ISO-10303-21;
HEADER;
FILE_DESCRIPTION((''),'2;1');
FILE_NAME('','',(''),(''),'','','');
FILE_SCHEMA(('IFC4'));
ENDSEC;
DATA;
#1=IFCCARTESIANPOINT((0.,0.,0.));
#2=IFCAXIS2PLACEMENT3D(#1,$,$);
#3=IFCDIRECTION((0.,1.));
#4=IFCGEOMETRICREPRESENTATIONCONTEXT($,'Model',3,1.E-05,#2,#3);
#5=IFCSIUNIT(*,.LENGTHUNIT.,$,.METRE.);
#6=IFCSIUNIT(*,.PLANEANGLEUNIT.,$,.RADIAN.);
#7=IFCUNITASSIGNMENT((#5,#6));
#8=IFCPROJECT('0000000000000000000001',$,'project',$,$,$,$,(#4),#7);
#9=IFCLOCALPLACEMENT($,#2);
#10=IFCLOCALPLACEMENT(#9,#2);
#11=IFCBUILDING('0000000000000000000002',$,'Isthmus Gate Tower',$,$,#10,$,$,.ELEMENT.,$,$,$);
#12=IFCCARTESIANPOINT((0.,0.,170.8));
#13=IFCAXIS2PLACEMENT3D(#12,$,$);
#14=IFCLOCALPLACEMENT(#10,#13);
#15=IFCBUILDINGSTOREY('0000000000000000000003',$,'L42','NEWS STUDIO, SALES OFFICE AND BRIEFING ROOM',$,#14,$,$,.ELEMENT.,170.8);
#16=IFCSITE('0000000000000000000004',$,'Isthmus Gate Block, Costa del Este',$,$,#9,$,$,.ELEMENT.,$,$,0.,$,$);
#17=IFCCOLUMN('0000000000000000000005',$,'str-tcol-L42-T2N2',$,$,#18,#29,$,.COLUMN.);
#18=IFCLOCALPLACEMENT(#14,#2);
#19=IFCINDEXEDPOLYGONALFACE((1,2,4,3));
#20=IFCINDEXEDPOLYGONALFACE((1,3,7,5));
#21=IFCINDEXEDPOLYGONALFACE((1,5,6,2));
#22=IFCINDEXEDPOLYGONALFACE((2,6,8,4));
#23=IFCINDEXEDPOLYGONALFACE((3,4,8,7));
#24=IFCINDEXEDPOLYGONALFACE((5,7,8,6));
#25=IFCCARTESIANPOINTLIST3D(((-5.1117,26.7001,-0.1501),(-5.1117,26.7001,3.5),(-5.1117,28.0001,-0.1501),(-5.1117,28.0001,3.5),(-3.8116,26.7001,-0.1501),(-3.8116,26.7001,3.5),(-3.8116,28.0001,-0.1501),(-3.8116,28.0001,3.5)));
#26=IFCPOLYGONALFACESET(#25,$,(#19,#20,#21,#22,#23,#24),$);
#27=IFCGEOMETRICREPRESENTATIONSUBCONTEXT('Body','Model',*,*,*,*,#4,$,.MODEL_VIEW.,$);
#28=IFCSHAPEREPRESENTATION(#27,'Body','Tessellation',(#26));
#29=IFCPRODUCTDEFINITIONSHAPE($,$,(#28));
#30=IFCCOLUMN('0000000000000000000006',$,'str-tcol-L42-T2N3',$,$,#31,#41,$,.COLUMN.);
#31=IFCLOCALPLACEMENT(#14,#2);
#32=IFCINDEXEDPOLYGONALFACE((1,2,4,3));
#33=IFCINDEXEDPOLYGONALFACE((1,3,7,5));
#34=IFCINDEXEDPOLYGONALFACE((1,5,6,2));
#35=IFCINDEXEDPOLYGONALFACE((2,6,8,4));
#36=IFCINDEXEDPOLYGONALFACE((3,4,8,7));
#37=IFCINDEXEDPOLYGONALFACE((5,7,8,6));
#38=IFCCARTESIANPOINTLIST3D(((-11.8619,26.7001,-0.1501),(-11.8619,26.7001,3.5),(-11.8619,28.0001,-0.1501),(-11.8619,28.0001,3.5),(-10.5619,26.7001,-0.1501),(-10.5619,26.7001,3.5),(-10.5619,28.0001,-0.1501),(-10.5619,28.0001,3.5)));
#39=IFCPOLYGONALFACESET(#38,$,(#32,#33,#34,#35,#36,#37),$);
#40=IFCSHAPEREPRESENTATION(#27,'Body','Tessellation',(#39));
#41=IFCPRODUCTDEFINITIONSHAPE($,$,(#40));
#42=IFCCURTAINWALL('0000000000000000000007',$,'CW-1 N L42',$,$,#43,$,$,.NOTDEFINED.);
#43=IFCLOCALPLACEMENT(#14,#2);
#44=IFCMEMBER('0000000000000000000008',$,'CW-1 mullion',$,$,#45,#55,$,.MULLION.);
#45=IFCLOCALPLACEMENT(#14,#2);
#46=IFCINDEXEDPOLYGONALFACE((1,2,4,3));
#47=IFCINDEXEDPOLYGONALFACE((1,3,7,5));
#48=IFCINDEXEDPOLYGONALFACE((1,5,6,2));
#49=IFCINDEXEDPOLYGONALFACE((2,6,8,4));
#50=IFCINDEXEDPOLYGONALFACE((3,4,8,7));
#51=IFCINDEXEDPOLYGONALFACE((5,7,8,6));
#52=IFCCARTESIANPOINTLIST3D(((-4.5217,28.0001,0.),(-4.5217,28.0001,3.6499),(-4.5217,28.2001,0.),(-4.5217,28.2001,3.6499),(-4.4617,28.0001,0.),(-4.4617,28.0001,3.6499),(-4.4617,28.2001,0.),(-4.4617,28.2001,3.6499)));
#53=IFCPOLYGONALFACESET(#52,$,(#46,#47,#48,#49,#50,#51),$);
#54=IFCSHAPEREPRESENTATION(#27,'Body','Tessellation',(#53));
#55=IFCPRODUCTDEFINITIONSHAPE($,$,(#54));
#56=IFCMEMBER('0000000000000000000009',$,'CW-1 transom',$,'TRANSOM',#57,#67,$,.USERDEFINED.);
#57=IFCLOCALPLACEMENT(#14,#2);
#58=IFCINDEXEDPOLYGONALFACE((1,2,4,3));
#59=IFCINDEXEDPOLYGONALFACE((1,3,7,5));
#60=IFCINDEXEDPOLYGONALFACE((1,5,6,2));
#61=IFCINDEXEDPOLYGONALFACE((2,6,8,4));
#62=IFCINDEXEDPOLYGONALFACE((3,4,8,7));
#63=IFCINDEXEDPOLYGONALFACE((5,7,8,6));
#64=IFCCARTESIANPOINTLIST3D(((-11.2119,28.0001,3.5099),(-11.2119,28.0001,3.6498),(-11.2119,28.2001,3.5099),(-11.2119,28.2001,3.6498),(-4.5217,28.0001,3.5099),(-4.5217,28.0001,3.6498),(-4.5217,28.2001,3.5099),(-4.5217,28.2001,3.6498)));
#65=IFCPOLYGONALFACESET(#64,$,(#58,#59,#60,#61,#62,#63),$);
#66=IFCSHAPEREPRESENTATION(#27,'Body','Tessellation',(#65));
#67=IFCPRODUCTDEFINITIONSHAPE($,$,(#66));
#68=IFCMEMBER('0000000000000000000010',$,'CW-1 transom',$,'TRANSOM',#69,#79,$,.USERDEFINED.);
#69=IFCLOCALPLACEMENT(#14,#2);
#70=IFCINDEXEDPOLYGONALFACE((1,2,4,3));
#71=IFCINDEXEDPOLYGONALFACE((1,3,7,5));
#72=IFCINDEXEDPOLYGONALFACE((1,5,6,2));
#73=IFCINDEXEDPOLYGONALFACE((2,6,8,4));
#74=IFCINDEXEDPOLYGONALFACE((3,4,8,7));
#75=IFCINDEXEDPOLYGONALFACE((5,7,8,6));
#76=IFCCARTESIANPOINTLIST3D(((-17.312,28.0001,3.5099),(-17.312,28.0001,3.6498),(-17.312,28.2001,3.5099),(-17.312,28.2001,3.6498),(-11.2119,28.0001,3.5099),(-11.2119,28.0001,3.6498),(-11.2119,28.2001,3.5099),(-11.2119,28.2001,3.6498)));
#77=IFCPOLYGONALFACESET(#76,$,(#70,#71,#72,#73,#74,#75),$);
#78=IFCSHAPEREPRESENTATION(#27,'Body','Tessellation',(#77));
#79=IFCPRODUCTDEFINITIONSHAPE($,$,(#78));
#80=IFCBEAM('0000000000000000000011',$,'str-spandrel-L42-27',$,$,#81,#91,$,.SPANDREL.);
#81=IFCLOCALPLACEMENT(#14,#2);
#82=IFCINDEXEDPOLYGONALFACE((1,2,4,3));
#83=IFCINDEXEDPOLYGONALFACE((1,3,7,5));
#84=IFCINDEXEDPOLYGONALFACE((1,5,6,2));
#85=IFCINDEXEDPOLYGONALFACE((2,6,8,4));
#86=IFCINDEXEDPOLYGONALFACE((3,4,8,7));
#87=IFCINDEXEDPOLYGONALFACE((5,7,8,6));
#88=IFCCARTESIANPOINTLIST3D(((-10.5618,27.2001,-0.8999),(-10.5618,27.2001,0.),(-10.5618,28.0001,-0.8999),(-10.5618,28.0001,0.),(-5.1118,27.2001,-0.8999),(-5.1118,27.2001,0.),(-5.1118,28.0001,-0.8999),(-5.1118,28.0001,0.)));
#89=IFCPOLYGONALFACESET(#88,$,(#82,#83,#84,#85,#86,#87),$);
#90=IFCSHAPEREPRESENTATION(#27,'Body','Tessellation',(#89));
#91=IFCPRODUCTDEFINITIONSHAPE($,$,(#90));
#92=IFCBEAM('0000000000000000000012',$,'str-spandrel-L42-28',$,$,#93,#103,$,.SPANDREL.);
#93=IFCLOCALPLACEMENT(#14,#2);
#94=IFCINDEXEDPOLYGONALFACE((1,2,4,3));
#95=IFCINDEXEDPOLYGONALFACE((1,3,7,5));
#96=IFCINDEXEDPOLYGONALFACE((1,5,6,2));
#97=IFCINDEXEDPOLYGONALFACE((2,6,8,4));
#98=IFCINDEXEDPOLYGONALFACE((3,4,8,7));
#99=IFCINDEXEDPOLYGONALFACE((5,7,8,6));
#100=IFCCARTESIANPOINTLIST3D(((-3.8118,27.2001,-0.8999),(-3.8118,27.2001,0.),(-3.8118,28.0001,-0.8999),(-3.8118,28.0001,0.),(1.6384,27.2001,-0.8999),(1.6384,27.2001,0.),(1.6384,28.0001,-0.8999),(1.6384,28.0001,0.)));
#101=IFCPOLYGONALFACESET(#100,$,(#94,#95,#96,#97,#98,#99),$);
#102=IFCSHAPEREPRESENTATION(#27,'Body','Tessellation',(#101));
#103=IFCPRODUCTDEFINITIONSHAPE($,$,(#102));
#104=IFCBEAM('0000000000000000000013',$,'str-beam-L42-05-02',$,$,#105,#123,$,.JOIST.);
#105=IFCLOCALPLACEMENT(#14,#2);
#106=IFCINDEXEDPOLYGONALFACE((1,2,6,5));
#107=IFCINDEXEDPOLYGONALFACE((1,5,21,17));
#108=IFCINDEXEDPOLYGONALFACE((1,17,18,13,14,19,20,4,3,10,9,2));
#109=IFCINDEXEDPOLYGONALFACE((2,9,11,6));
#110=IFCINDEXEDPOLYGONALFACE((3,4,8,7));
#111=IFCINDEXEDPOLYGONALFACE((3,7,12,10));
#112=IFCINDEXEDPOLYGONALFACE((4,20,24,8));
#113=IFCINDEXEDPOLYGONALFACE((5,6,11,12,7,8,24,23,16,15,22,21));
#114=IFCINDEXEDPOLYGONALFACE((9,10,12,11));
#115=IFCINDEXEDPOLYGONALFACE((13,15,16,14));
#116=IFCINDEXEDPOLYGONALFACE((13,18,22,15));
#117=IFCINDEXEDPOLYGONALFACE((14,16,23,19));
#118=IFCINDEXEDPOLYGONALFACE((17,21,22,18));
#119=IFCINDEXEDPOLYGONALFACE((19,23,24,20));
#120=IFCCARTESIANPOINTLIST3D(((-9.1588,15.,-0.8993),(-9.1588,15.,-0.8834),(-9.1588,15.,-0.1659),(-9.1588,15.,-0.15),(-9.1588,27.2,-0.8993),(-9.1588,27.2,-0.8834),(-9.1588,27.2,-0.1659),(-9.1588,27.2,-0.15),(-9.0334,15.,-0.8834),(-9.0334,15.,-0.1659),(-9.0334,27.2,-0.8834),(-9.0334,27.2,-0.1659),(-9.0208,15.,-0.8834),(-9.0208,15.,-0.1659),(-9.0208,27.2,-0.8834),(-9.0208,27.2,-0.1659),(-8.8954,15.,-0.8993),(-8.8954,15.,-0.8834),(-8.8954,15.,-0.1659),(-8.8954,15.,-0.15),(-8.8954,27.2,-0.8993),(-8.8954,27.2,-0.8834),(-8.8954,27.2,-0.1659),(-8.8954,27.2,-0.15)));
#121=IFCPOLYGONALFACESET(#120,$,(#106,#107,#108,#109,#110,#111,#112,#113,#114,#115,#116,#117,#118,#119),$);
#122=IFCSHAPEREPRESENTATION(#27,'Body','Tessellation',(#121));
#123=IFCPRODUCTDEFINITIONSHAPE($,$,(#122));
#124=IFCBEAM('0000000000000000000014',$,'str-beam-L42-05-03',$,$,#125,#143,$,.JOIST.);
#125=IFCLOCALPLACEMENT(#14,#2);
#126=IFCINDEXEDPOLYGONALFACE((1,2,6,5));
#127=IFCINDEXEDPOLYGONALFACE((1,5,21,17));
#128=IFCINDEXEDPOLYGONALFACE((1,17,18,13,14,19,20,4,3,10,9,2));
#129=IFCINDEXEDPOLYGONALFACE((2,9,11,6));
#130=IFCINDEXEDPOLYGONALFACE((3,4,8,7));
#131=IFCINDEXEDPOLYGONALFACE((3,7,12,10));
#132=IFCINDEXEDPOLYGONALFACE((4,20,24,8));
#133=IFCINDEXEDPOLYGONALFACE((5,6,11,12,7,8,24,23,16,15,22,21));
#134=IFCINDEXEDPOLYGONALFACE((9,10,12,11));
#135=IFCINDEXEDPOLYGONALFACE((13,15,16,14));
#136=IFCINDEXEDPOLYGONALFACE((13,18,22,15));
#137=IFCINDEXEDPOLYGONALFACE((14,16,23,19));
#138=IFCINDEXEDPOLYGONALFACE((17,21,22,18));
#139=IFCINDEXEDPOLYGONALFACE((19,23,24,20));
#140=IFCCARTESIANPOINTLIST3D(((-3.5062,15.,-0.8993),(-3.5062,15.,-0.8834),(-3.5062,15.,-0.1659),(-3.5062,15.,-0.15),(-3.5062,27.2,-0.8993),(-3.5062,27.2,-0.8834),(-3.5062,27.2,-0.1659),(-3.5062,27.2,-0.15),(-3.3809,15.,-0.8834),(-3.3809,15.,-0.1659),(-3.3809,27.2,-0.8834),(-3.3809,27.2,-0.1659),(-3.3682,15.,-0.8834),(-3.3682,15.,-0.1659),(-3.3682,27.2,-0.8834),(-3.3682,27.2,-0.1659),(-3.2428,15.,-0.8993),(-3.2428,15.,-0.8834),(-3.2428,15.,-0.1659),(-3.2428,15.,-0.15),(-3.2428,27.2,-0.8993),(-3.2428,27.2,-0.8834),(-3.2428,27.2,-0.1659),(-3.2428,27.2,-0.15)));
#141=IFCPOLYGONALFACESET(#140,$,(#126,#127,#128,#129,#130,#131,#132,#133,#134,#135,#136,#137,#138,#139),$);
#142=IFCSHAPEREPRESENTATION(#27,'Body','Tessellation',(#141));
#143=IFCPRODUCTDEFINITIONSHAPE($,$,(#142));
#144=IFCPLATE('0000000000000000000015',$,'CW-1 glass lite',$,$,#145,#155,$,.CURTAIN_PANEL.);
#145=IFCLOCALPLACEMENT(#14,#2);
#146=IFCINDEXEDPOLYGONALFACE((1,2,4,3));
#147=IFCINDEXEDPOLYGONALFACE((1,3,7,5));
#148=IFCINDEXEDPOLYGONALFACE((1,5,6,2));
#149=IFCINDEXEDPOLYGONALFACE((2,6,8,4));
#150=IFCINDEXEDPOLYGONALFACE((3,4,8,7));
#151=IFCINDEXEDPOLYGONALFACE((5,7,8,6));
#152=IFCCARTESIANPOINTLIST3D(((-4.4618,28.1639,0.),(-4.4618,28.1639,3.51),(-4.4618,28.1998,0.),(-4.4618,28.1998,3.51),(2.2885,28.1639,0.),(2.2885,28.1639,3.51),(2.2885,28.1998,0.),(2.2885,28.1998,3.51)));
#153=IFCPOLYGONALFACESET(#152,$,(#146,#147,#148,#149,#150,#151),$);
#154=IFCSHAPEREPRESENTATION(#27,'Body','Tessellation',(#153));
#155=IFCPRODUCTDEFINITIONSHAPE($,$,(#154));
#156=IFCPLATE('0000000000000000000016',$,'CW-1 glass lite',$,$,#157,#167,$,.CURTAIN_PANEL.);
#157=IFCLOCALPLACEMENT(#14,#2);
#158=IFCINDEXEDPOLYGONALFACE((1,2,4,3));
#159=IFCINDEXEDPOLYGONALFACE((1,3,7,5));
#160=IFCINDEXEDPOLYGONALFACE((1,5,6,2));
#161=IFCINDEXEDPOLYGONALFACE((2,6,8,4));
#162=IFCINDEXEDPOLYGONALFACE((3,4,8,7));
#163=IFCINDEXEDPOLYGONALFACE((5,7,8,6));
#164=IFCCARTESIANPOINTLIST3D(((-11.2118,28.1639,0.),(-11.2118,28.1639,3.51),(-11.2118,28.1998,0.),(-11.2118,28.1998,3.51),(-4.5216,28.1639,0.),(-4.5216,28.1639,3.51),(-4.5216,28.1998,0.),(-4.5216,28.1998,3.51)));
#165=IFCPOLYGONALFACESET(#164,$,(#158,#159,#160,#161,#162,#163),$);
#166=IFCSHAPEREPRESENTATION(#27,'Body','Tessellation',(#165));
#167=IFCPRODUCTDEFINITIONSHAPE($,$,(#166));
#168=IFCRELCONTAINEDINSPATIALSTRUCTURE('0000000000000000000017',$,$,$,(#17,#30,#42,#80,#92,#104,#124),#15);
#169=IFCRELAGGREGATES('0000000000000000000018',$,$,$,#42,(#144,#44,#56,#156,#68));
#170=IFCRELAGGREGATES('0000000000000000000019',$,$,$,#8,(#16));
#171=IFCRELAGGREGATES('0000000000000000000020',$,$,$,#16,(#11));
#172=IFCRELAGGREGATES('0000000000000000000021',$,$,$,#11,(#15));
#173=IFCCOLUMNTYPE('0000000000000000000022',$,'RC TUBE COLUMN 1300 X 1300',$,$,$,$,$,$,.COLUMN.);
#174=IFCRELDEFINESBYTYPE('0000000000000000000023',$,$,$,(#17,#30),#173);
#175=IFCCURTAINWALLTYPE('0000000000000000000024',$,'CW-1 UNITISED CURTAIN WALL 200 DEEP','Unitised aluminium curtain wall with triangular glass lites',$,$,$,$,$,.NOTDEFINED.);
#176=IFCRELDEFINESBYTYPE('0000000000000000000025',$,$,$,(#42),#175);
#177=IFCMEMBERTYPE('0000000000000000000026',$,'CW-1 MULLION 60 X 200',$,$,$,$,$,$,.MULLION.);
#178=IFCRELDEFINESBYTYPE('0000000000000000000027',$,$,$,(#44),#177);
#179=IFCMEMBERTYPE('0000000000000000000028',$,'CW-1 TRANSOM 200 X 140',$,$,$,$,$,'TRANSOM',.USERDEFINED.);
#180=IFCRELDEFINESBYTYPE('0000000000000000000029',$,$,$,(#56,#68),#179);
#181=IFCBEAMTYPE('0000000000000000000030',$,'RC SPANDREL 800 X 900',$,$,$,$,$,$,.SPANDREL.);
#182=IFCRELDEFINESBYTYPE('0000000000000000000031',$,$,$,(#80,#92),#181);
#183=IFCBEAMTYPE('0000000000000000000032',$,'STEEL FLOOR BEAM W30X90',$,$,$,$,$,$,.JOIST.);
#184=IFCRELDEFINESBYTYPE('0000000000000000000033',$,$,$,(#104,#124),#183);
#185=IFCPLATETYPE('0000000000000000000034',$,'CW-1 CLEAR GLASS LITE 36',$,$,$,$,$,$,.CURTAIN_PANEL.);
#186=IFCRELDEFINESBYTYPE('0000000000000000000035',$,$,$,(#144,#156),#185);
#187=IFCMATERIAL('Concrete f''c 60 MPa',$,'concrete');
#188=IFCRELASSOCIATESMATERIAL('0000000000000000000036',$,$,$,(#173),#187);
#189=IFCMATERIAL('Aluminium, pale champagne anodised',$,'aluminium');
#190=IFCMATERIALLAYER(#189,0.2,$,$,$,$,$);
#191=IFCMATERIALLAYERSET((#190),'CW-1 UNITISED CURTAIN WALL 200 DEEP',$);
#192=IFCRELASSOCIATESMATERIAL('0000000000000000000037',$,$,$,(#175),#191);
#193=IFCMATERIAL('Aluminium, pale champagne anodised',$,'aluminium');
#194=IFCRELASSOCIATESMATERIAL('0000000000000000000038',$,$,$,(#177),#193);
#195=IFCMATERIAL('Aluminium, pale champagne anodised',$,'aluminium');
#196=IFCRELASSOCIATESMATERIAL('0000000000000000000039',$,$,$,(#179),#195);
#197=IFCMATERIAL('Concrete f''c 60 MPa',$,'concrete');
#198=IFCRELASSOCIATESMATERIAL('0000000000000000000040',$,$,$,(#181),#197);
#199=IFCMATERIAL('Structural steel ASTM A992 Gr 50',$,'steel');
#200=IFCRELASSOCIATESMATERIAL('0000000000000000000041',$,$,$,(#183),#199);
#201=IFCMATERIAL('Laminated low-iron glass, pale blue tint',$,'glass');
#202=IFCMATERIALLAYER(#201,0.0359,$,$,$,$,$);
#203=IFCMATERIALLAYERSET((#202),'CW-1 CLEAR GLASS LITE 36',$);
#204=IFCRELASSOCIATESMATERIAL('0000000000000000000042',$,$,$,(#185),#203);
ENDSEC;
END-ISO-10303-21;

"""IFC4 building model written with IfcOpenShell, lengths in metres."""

from ifc_helpers import new_model, si_unit, direction, frame, origin, origin_2d, place, context, subcontext, project, spatial, rectangle, i_section, extrude, material, layer, layer_set, material_profile, profile_set, type_object, element, aggregate, save


model = new_model("IFC4")

# Units and contexts
model_context = context("Model", 3, precision=1e-05, world=origin(), true_north=direction((0.0, 1.0)))
body_context = subcontext(model_context, "Body", "Model", "MODEL_VIEW")
ifc_project = project(units=[si_unit("LENGTHUNIT", "METRE"), si_unit("PLANEANGLEUNIT", "RADIAN")], contexts=[model_context])

# Site, building, storey
site_placement = place(None, origin())
site = spatial("IfcSite", under=ifc_project, at=site_placement, Name="Isthmus Gate Block, Costa del Este", CompositionType="ELEMENT", RefElevation=0.0)
building_placement = place(site_placement, origin())
building = spatial("IfcBuilding", under=site, at=building_placement, Name="Isthmus Gate Tower", CompositionType="ELEMENT")
storey_placement = place(building_placement, frame((0.0, 0.0, 170.8)))
storey = spatial("IfcBuildingStorey", under=building, at=storey_placement, Name="L42", Description="NEWS STUDIO, SALES OFFICE AND BRIEFING ROOM", CompositionType="ELEMENT", Elevation=170.8)

# Columns
ifc_material_1 = material(Name="Concrete f'c 60 MPa", Category="concrete")
ifc_material_profile_1 = material_profile(ifc_material_1, rectangle(XDim=1.3, YDim=1.3, at=origin_2d()), Name="RC 1300X1300")
ifc_profile_set_1 = profile_set([ifc_material_profile_1], Name="Concrete f'c 60 MPa")
column_type = type_object("IfcColumnType", Name="RC TUBE COLUMN 1300 X 1300", PredefinedType="COLUMN", material=ifc_profile_set_1)
for number, where, z_axis, x_axis, name in (
    (1, (-4.4617, 27.3501, -0.1501), (0.0, 0.0, 1.0), (-1.0, 0.0, 0.0), "str-tcol-L42-T2N2"),
    (2, (-11.2119, 27.3501, -0.1501), (0.0, 0.0, 1.0), (-1.0, 0.0, 0.0), "str-tcol-L42-T2N3"),
):
    element("IfcColumn", number, at=place(storey_placement, frame(where, z_axis=z_axis, x_axis=x_axis)), inside=storey, type_object=column_type, Name=name, PredefinedType="COLUMN", context=body_context, shape_type="SweptSolid", body=[
        extrude(rectangle(XDim=1.3, YDim=1.3, at=origin_2d()), origin(), (0.0, 0.0, 1.0), 3.6501),
    ])

# Curtain wall, members
ifc_material_2 = material(Name="Aluminium, pale champagne anodised", Category="aluminium")
ifc_layer_1 = layer(ifc_material_2, 0.2)
ifc_layer_set_1 = layer_set([ifc_layer_1], Name="CW-1 UNITISED CURTAIN WALL 200 DEEP")
curtain_wall_type = type_object("IfcCurtainWallType", Name="CW-1 UNITISED CURTAIN WALL 200 DEEP", Description="Unitised aluminium curtain wall with triangular glass lites", PredefinedType="NOTDEFINED", material=ifc_layer_set_1)
curtain_wall_placement = place(storey_placement, origin())
curtain_wall = element("IfcCurtainWall", 3, at=curtain_wall_placement, inside=storey, type_object=curtain_wall_type, Name="CW-1 N L42", PredefinedType="NOTDEFINED")
ifc_material_3 = material(Name="Aluminium, pale champagne anodised", Category="aluminium")
ifc_material_profile_2 = material_profile(ifc_material_3, rectangle(XDim=0.0601, YDim=0.2, at=origin_2d()), Name="60x200")
ifc_profile_set_2 = profile_set([ifc_material_profile_2], Name="Aluminium, pale champagne anodised")
member_type_1 = type_object("IfcMemberType", Name="CW-1 MULLION 60 X 200", PredefinedType="MULLION", material=ifc_profile_set_2)
member_1_placement = place(storey_placement, frame((-4.4917, 28.1001, 0.0), z_axis=(0.0, 0.0, 1.0), x_axis=(-1.0, 0.0, 0.0)))
member_1 = element("IfcMember", 4, at=member_1_placement, type_object=member_type_1, Name="CW-1 mullion", PredefinedType="MULLION", context=body_context, shape_type="SweptSolid", body=[
    extrude(rectangle(XDim=0.0601, YDim=0.2, at=origin_2d()), origin(), (0.0, 0.0, 1.0), 3.6499),
])
ifc_material_4 = material(Name="Aluminium, pale champagne anodised", Category="aluminium")
ifc_material_profile_3 = material_profile(ifc_material_4, rectangle(XDim=0.2, YDim=0.1399, at=origin_2d()), Name="200x140")
ifc_profile_set_3 = profile_set([ifc_material_profile_3], Name="Aluminium, pale champagne anodised")
member_type_2 = type_object("IfcMemberType", Name="CW-1 TRANSOM 200 X 140", ElementType="TRANSOM", PredefinedType="USERDEFINED", material=ifc_profile_set_3)
member_2_placement = place(storey_placement, frame((-4.5217, 28.1001, 3.5798), z_axis=(-1.0, 0.0, 0.0), x_axis=(0.0, -1.0, 0.0)))
member_2 = element("IfcMember", 5, at=member_2_placement, type_object=member_type_2, Name="CW-1 transom", ObjectType="TRANSOM", PredefinedType="USERDEFINED", context=body_context, shape_type="SweptSolid", body=[
    extrude(rectangle(XDim=0.2, YDim=0.1399, at=origin_2d()), origin(), (0.0, 0.0, 1.0), 6.6902),
])
member_3_placement = place(storey_placement, frame((-11.2119, 28.1001, 3.5798), z_axis=(-1.0, 0.0, 0.0), x_axis=(0.0, -1.0, 0.0)))
member_3 = element("IfcMember", 6, at=member_3_placement, type_object=member_type_2, Name="CW-1 transom", ObjectType="TRANSOM", PredefinedType="USERDEFINED", context=body_context, shape_type="SweptSolid", body=[
    extrude(rectangle(XDim=0.2, YDim=0.1399, at=origin_2d()), origin(), (0.0, 0.0, 1.0), 6.1001),
])

# Beams
ifc_material_5 = material(Name="Concrete f'c 60 MPa", Category="concrete")
ifc_material_profile_4 = material_profile(ifc_material_5, rectangle(XDim=0.8, YDim=0.8999, at=origin_2d()), Name="RC 800X900")
ifc_profile_set_4 = profile_set([ifc_material_profile_4], Name="Concrete f'c 60 MPa")
beam_type_1 = type_object("IfcBeamType", Name="RC SPANDREL 800 X 900", PredefinedType="SPANDREL", material=ifc_profile_set_4)
beam_1_placement = place(storey_placement, frame((-10.5618, 27.6001, -0.45), z_axis=(1.0, 0.0, 0.0), x_axis=(0.0, 1.0, 0.0)))
element("IfcBeam", 7, at=beam_1_placement, inside=storey, type_object=beam_type_1, Name="str-spandrel-L42-27", PredefinedType="SPANDREL", context=body_context, shape_type="SweptSolid", body=[
    extrude(rectangle(XDim=0.8, YDim=0.8999, at=origin_2d()), origin(), (0.0, 0.0, 1.0), 5.45),
])
beam_2_placement = place(storey_placement, frame((-3.8118, 27.6001, -0.45), z_axis=(1.0, 0.0, 0.0), x_axis=(0.0, 1.0, 0.0)))
element("IfcBeam", 8, at=beam_2_placement, inside=storey, type_object=beam_type_1, Name="str-spandrel-L42-28", PredefinedType="SPANDREL", context=body_context, shape_type="SweptSolid", body=[
    extrude(rectangle(XDim=0.8, YDim=0.8999, at=origin_2d()), origin(), (0.0, 0.0, 1.0), 5.4502),
])
ifc_material_6 = material(Name="Structural steel ASTM A992 Gr 50", Category="steel")
ifc_material_profile_5 = material_profile(ifc_material_6, i_section(OverallWidth=0.2634, OverallDepth=0.7493, WebThickness=0.0127, FlangeThickness=0.0159, at=origin_2d()), Name="W30X90")
ifc_profile_set_5 = profile_set([ifc_material_profile_5], Name="Structural steel ASTM A992 Gr 50")
beam_type_2 = type_object("IfcBeamType", Name="STEEL FLOOR BEAM W30X90", PredefinedType="JOIST", material=ifc_profile_set_5)
for number, where, z_axis, x_axis, name in (
    (9, (-9.0271, 15.0, -0.5247), (0.0, 1.0, 0.0), (-1.0, 0.0, 0.0), "str-beam-L42-05-02"),
    (10, (-3.3745, 15.0, -0.5247), (0.0, 1.0, 0.0), (-1.0, 0.0, 0.0), "str-beam-L42-05-03"),
):
    element("IfcBeam", number, at=place(storey_placement, frame(where, z_axis=z_axis, x_axis=x_axis)), inside=storey, type_object=beam_type_2, Name=name, PredefinedType="JOIST", context=body_context, shape_type="SweptSolid", body=[
        extrude(i_section(OverallWidth=0.2634, OverallDepth=0.7493, WebThickness=0.0127, FlangeThickness=0.0159, at=origin_2d()), origin(), (0.0, 0.0, 1.0), 12.2),
    ])

# Plates
ifc_material_7 = material(Name="Laminated low-iron glass, pale blue tint", Category="glass")
ifc_layer_2 = layer(ifc_material_7, 0.0359)
ifc_layer_set_2 = layer_set([ifc_layer_2], Name="CW-1 CLEAR GLASS LITE 36")
plate_type = type_object("IfcPlateType", Name="CW-1 CLEAR GLASS LITE 36", PredefinedType="CURTAIN_PANEL", material=ifc_layer_set_2)
plate_1_placement = place(storey_placement, frame((-1.0867, 28.1819, 0.0), z_axis=(0.0, 0.0, 1.0), x_axis=(-1.0, 0.0, 0.0)))
plate_1 = element("IfcPlate", 11, at=plate_1_placement, type_object=plate_type, Name="CW-1 glass lite", PredefinedType="CURTAIN_PANEL", context=body_context, shape_type="SweptSolid", body=[
    extrude(rectangle(XDim=6.7502, YDim=0.0359, at=origin_2d()), origin(), (0.0, 0.0, 1.0), 3.51),
])
plate_2_placement = place(storey_placement, frame((-7.8667, 28.1819, 0.0), z_axis=(0.0, 0.0, 1.0), x_axis=(-1.0, 0.0, 0.0)))
plate_2 = element("IfcPlate", 12, at=plate_2_placement, type_object=plate_type, Name="CW-1 glass lite", PredefinedType="CURTAIN_PANEL", context=body_context, shape_type="SweptSolid", body=[
    extrude(rectangle(XDim=6.6902, YDim=0.0359, at=origin_2d()), origin(), (0.0, 0.0, 1.0), 3.51),
])
aggregate(curtain_wall, [plate_1, member_1, member_2, plate_2, member_3])

save(model, "model.ifc")
